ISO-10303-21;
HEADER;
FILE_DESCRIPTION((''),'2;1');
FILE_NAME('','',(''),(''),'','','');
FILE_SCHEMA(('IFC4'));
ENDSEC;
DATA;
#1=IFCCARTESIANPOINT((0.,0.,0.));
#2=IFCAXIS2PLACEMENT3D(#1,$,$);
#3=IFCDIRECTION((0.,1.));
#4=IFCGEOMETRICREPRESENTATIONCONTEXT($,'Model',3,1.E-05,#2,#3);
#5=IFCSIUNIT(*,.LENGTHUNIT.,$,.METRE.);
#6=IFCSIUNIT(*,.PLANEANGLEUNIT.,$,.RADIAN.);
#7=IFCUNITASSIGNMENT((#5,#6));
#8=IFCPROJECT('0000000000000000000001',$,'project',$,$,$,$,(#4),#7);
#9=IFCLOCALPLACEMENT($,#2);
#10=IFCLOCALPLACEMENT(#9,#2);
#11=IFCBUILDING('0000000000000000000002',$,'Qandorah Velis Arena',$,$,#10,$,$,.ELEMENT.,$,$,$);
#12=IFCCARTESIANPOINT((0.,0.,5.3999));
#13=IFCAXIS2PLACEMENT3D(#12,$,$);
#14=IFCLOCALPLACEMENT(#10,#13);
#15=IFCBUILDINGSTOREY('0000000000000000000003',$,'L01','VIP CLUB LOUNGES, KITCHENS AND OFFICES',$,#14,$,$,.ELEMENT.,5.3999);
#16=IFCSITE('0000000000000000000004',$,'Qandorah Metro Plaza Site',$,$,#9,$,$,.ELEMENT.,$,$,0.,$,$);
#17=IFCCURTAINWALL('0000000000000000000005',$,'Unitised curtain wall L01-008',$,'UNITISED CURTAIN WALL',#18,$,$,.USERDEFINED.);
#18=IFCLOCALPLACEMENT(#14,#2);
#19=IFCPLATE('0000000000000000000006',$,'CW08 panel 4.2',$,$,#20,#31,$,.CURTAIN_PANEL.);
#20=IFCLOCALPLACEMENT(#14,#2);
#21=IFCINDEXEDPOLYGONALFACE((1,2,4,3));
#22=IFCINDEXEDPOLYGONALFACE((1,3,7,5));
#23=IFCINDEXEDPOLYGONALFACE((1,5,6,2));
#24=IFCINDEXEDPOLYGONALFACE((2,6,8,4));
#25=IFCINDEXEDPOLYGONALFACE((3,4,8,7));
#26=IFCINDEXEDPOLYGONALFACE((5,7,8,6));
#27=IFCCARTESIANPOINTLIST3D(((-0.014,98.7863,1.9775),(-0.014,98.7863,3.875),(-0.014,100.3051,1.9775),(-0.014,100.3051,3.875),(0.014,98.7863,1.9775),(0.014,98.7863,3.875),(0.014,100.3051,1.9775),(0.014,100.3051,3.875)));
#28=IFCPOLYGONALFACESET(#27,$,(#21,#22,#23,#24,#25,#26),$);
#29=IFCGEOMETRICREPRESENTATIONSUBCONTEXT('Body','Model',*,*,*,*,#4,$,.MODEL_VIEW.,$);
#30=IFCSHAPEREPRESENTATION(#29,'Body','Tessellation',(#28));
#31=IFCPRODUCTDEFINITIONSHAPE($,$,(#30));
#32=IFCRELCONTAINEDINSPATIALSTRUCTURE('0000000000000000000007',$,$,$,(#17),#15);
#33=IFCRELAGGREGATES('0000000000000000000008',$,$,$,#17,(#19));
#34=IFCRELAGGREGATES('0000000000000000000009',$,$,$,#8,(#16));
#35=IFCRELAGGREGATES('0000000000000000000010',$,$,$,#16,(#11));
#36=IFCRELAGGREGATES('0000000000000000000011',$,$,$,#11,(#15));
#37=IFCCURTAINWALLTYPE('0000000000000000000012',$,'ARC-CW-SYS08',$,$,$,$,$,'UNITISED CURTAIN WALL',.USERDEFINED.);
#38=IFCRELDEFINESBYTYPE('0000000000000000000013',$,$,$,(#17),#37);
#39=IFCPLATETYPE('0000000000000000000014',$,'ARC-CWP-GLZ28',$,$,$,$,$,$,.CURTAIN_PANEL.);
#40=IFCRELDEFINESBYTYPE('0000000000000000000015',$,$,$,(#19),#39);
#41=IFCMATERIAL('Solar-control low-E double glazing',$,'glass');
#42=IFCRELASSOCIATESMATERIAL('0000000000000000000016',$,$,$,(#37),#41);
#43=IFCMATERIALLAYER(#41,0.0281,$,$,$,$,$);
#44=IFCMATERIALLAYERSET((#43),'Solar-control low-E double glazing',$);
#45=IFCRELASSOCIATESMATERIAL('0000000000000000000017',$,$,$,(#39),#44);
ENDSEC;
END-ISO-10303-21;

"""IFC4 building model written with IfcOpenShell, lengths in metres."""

from ifc_helpers import new_model, si_unit, direction, frame, origin, origin_2d, place, context, subcontext, project, spatial, rectangle, extrude, material, layer, layer_set, type_object, element, aggregate, save


model = new_model("IFC4")

# Units and contexts
model_context = context("Model", 3, precision=1e-05, world=origin(), true_north=direction((0.0, 1.0)))
body_context = subcontext(model_context, "Body", "Model", "MODEL_VIEW")
ifc_project = project(units=[si_unit("LENGTHUNIT", "METRE"), si_unit("PLANEANGLEUNIT", "RADIAN")], contexts=[model_context])

# Site, building, storey
site_placement = place(None, origin())
site = spatial("IfcSite", under=ifc_project, at=site_placement, Name="Qandorah Metro Plaza Site", CompositionType="ELEMENT", RefElevation=0.0)
building_placement = place(site_placement, origin())
building = spatial("IfcBuilding", under=site, at=building_placement, Name="Qandorah Velis Arena", CompositionType="ELEMENT")
storey_placement = place(building_placement, frame((0.0, 0.0, 5.3999)))
storey = spatial("IfcBuildingStorey", under=building, at=storey_placement, Name="L01", Description="VIP CLUB LOUNGES, KITCHENS AND OFFICES", CompositionType="ELEMENT", Elevation=5.3999)

# Curtain wall
ifc_material_1 = material(Name="Solar-control low-E double glazing", Category="glass")
curtain_wall_type_1 = type_object("IfcCurtainWallType", Name="ARC-CW-SYS08", ElementType="UNITISED CURTAIN WALL", PredefinedType="USERDEFINED", material=ifc_material_1)
curtain_wall_1_placement = place(storey_placement, origin())
curtain_wall_1 = element("IfcCurtainWall", 1, at=curtain_wall_1_placement, inside=storey, type_object=curtain_wall_type_1, Name="Unitised curtain wall L01-008", ObjectType="UNITISED CURTAIN WALL", PredefinedType="USERDEFINED")

# Plate
ifc_layer_1 = layer(ifc_material_1, 0.0281)
ifc_layer_set_1 = layer_set([ifc_layer_1], Name="Solar-control low-E double glazing")
plate_type_1 = type_object("IfcPlateType", Name="ARC-CWP-GLZ28", PredefinedType="CURTAIN_PANEL", material=ifc_layer_set_1)
plate_1_placement = place(storey_placement, frame((0.0, 99.5457, 1.9775), z_axis=(0.0, 0.0, 1.0), x_axis=(0.0, 1.0, 0.0)))
plate_1 = element("IfcPlate", 2, at=plate_1_placement, type_object=plate_type_1, Name="CW08 panel 4.2", PredefinedType="CURTAIN_PANEL", context=body_context, shape_type="SweptSolid", body=[
    extrude(rectangle(XDim=1.5188, YDim=0.0281, at=origin_2d()), origin(), (0.0, 0.0, 1.0), 1.8975),
])
aggregate(curtain_wall_1, [plate_1])

save(model, "model.ifc")
